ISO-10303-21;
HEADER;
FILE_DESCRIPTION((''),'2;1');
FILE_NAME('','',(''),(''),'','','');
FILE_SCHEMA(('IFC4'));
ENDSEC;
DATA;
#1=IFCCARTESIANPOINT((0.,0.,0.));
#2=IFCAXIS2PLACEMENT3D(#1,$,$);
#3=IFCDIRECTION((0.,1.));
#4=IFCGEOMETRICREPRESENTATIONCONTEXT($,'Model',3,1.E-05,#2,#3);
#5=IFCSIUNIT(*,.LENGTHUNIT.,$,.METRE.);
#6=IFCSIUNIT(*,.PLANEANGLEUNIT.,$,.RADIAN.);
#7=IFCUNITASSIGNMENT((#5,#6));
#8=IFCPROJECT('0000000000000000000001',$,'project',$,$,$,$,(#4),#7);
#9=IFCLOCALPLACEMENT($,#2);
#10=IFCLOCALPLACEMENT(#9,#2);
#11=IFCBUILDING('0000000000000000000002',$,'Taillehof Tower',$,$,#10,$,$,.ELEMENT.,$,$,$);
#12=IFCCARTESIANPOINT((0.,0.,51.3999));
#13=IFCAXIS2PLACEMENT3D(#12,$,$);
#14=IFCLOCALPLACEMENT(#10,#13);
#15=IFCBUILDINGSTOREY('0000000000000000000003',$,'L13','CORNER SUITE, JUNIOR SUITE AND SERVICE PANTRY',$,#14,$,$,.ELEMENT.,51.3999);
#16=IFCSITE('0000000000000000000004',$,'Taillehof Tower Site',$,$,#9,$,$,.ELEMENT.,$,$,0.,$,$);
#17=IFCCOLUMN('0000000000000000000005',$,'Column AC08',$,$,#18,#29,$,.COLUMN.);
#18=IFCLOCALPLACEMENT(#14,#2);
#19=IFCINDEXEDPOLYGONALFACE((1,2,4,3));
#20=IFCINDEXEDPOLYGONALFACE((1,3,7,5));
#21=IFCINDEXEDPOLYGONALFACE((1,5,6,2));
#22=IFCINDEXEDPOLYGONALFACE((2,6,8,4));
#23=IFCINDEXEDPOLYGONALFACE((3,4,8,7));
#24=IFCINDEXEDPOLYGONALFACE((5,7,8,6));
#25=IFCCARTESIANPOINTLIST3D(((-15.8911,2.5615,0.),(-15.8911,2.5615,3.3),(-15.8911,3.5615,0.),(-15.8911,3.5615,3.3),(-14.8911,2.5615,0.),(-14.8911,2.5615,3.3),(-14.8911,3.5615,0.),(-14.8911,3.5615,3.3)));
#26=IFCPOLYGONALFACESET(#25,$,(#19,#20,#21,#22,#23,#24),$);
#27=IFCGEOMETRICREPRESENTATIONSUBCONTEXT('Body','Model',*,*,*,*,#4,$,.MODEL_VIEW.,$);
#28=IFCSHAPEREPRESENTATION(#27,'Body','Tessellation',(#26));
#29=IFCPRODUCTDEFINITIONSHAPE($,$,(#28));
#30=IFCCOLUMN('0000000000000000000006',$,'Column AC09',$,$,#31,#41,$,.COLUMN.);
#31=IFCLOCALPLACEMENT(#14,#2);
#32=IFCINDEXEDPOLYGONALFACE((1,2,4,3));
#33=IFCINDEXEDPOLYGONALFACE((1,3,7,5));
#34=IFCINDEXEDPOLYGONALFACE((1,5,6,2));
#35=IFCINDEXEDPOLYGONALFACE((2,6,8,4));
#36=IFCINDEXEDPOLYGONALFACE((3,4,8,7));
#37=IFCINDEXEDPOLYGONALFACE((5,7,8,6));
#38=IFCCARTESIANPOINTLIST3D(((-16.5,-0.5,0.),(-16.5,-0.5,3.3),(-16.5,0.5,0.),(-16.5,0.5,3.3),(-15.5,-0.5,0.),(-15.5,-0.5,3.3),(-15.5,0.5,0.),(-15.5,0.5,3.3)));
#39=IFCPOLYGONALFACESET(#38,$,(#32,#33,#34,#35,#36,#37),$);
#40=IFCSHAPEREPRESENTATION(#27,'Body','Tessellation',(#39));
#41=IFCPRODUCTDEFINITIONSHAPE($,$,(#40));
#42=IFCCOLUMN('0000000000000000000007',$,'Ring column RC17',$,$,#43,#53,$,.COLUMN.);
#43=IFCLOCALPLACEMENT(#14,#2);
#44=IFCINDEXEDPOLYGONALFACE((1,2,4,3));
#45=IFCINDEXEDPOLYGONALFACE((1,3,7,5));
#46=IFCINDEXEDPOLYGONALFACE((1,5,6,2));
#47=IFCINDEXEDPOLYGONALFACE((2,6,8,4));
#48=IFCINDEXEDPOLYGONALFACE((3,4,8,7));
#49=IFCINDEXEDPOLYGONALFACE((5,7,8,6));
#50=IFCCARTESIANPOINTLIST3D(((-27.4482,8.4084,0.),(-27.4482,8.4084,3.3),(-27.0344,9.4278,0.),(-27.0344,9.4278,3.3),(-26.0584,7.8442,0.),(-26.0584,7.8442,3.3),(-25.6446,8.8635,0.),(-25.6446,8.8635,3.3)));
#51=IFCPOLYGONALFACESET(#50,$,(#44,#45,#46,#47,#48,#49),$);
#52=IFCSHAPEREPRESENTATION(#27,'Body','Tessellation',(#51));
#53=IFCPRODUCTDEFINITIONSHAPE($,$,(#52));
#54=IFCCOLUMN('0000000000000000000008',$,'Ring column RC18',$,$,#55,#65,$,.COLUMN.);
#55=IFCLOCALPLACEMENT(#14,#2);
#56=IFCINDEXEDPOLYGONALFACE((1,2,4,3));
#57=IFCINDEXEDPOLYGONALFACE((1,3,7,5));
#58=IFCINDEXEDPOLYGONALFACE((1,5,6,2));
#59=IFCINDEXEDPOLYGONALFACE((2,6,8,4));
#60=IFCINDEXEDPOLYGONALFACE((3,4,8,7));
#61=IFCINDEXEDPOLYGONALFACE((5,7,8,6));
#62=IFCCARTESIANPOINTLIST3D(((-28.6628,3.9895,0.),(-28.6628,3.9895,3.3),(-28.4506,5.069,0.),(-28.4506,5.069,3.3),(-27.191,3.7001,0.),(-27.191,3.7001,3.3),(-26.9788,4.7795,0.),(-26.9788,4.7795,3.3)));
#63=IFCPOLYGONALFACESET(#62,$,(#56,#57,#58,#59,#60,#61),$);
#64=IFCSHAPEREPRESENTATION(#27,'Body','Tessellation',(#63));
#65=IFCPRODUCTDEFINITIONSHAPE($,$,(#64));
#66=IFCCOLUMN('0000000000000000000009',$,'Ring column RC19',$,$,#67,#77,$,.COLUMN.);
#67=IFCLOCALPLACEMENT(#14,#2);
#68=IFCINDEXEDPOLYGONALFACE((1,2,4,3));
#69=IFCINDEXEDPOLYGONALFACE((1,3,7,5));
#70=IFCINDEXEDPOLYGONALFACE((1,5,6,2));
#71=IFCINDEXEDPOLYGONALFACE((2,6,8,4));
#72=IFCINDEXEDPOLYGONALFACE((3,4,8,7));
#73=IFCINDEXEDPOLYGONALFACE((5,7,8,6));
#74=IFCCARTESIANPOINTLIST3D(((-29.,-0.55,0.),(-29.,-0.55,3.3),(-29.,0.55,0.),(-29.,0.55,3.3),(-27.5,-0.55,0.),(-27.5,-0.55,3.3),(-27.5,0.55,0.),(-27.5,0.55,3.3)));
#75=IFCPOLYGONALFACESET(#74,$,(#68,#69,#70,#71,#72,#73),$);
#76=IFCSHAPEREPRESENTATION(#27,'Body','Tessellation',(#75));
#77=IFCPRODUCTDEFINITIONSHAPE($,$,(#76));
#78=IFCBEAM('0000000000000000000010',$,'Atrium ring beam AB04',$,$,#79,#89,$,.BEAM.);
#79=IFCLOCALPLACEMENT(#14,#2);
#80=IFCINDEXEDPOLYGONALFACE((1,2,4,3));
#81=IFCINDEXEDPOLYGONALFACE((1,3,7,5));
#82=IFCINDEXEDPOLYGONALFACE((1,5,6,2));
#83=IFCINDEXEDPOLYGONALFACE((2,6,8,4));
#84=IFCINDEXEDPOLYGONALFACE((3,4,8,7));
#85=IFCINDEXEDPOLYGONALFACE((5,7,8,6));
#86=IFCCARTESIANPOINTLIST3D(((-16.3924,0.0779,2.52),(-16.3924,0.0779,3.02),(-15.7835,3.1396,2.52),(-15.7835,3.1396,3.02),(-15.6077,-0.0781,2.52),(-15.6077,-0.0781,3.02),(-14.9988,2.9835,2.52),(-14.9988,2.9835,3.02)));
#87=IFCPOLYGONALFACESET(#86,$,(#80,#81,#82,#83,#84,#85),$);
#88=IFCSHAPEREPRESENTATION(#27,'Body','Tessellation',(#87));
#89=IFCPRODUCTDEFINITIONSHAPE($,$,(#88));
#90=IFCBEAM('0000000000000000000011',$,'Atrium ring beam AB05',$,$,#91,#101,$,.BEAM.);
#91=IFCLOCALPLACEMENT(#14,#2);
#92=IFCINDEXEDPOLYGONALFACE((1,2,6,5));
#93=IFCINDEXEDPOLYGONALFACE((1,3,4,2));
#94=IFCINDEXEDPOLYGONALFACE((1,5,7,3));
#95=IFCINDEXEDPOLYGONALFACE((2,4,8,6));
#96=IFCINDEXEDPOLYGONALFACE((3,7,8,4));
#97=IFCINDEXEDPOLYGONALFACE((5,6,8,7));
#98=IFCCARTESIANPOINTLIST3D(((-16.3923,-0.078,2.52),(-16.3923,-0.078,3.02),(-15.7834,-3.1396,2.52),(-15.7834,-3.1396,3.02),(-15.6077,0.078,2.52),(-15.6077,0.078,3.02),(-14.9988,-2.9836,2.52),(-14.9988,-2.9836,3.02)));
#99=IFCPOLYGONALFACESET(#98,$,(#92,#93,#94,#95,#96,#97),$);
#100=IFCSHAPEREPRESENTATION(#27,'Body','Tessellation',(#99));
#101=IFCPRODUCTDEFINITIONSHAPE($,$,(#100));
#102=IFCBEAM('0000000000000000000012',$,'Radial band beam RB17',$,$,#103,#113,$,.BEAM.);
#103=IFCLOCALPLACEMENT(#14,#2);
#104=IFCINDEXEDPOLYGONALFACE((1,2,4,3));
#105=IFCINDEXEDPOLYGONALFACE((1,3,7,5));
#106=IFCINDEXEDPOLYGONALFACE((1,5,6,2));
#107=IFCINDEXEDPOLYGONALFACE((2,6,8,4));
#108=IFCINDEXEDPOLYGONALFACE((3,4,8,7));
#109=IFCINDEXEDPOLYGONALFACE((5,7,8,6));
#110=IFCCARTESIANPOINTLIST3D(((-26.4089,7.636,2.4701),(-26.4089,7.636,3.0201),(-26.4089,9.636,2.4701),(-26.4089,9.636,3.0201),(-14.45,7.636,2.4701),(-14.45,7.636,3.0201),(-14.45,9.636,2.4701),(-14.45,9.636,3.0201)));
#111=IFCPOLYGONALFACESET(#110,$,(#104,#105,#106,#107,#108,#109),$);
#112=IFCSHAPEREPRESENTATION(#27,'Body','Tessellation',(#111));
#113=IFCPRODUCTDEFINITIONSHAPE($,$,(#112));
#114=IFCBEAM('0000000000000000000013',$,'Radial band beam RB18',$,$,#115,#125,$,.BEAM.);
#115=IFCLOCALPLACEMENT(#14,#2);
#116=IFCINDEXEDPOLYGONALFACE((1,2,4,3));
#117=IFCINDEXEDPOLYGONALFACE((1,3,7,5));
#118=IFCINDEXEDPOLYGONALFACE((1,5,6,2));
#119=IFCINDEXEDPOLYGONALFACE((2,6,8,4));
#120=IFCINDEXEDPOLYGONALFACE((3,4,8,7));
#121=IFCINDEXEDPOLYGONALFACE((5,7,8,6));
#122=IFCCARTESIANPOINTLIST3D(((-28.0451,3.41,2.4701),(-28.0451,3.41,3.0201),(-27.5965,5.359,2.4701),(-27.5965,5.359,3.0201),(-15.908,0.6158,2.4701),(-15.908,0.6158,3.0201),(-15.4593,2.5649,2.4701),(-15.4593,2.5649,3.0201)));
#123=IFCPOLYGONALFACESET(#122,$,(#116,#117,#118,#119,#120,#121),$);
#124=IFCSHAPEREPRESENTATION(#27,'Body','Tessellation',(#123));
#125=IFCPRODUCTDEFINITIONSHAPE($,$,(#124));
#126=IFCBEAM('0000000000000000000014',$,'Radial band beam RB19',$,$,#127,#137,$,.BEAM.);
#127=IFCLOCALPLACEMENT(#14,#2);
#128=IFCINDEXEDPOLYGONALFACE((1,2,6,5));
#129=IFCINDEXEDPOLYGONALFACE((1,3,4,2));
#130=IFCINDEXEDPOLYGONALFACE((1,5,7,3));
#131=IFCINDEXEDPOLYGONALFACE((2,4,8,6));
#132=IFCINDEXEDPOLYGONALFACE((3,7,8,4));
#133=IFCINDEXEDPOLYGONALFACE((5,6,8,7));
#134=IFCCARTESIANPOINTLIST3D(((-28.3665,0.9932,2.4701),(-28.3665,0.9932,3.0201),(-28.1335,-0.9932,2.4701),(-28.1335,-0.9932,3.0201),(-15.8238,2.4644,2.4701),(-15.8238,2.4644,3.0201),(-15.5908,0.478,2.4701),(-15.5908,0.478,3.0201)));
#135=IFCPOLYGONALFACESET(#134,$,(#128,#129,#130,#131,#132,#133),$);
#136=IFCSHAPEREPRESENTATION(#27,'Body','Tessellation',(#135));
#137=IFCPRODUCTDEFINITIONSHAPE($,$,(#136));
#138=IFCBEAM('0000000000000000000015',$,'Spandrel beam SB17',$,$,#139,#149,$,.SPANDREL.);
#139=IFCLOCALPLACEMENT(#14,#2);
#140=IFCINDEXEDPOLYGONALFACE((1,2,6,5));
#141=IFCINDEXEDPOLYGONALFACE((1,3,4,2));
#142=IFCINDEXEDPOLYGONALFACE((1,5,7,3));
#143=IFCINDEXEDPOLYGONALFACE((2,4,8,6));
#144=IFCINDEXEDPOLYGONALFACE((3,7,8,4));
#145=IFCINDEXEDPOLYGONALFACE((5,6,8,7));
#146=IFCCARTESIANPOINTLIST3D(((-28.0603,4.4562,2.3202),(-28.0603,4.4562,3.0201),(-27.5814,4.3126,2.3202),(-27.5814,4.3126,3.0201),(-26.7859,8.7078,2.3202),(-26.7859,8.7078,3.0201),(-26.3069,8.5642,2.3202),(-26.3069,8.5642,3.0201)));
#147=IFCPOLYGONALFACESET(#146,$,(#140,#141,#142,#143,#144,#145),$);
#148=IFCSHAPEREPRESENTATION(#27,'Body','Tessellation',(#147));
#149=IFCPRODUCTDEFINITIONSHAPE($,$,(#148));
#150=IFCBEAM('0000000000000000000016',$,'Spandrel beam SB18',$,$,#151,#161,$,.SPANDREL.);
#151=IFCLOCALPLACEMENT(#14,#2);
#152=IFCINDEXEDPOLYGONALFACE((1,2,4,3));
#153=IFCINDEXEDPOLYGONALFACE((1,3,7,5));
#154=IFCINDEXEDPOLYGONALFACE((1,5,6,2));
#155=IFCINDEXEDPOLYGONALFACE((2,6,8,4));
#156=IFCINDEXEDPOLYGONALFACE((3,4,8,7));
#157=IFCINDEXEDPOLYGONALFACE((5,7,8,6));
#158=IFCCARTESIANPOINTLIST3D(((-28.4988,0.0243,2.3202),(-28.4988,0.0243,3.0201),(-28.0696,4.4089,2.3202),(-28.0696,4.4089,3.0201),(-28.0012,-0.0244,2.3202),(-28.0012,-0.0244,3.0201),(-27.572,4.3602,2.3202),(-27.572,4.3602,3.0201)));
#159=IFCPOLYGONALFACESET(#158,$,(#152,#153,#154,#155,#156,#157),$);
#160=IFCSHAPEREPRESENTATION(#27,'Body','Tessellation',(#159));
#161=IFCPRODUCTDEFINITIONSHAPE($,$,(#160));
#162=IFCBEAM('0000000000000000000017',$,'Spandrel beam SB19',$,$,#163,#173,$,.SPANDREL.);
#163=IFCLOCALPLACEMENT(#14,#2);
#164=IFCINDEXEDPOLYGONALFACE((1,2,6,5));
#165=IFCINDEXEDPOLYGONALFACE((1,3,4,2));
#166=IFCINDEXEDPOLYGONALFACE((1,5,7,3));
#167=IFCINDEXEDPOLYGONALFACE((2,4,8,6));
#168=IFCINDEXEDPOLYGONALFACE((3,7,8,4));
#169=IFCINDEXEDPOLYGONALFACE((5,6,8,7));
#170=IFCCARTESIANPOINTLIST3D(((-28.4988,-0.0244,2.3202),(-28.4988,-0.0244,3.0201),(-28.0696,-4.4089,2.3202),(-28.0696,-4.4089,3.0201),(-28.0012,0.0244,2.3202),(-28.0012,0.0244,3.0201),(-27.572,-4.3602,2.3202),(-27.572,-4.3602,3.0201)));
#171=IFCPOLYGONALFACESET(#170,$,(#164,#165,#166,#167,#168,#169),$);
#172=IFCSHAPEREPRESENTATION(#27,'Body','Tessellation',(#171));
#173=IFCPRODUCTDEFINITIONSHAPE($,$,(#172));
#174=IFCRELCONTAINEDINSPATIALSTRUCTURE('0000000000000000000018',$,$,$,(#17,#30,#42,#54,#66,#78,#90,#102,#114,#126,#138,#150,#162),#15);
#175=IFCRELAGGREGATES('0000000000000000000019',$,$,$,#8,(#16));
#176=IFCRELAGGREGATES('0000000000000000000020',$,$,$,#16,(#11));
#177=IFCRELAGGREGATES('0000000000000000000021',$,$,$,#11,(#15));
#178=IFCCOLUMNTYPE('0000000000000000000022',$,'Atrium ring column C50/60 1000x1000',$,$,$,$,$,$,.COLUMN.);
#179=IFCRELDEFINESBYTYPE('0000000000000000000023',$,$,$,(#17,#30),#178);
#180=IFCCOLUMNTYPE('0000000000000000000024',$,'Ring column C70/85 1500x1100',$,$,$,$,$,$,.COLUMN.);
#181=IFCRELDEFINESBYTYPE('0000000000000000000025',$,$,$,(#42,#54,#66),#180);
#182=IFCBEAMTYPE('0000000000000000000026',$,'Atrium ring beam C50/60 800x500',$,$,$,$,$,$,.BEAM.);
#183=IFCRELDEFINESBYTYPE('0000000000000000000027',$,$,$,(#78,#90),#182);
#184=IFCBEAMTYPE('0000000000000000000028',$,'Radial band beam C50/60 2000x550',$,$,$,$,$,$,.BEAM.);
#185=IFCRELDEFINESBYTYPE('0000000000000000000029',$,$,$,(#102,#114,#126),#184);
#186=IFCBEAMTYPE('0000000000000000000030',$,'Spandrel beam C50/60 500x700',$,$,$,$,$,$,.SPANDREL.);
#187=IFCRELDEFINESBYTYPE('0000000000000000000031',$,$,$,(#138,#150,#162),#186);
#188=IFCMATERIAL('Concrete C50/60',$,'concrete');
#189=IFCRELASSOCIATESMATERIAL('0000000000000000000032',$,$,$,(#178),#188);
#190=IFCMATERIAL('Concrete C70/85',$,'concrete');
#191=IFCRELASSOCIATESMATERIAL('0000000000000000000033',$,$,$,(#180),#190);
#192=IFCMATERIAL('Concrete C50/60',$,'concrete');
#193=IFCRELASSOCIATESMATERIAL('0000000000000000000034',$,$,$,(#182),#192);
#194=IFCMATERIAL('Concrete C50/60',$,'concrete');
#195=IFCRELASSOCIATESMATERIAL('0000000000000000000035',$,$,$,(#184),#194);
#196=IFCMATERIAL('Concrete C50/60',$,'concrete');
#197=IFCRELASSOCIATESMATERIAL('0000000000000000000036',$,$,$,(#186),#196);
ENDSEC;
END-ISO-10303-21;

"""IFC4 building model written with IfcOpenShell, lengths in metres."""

from ifc_helpers import new_model, si_unit, direction, frame, origin, origin_2d, place, context, subcontext, project, spatial, rectangle, extrude, material, material_profile, profile_set, type_object, element, save


model = new_model("IFC4")

# Units and contexts
model_context = context("Model", 3, precision=1e-05, world=origin(), true_north=direction((0.0, 1.0)))
body_context = subcontext(model_context, "Body", "Model", "MODEL_VIEW")
ifc_project = project(units=[si_unit("LENGTHUNIT", "METRE"), si_unit("PLANEANGLEUNIT", "RADIAN")], contexts=[model_context])

# Site, building, storey
site_placement = place(None, origin())
site = spatial("IfcSite", under=ifc_project, at=site_placement, Name="Taillehof Tower Site", CompositionType="ELEMENT", RefElevation=0.0)
building_placement = place(site_placement, origin())
building = spatial("IfcBuilding", under=site, at=building_placement, Name="Taillehof Tower", CompositionType="ELEMENT")
storey_placement = place(building_placement, frame((0.0, 0.0, 51.3999)))
storey = spatial("IfcBuildingStorey", under=building, at=storey_placement, Name="L13", Description="CORNER SUITE, JUNIOR SUITE AND SERVICE PANTRY", CompositionType="ELEMENT", Elevation=51.3999)

# Columns
ifc_material_1 = material(Name="Concrete C50/60", Category="concrete")
ifc_material_profile_1 = material_profile(ifc_material_1, rectangle(XDim=1.0, YDim=1.0, at=origin_2d()), Name="RC 1000x1000")
ifc_profile_set_1 = profile_set([ifc_material_profile_1], Name="Concrete C50/60")
column_type_1 = type_object("IfcColumnType", Name="Atrium ring column C50/60 1000x1000", PredefinedType="COLUMN", material=ifc_profile_set_1)
for number, where, z_axis, x_axis, name in (
    (1, (-15.3911, 3.0615, 0.0), (0.0, 0.0, 1.0), (1.0, 0.0, 0.0), "Column AC08"),
    (2, (-16.0, 0.0, 0.0), (0.0, 0.0, 1.0), (1.0, 0.0, 0.0), "Column AC09"),
):
    element("IfcColumn", number, at=place(storey_placement, frame(where, z_axis=z_axis, x_axis=x_axis)), inside=storey, type_object=column_type_1, Name=name, PredefinedType="COLUMN", context=body_context, shape_type="SweptSolid", body=[
        extrude(rectangle(XDim=1.0, YDim=1.0, at=origin_2d()), origin(), (0.0, 0.0, 1.0), 3.3),
    ])
ifc_material_2 = material(Name="Concrete C70/85", Category="concrete")
ifc_material_profile_2 = material_profile(ifc_material_2, rectangle(XDim=1.5, YDim=1.1001, at=origin_2d()), Name="RC 1500x1100")
ifc_profile_set_2 = profile_set([ifc_material_profile_2], Name="Concrete C70/85")
column_type_2 = type_object("IfcColumnType", Name="Ring column C70/85 1500x1100", PredefinedType="COLUMN", material=ifc_profile_set_2)
for number, where, z_axis, x_axis, name in (
    (3, (-26.5464, 8.636, 0.0), (0.0, 0.0, 1.0), (-0.926558, 0.376152, 0.0), "Ring column RC17"),
    (4, (-27.8208, 4.3845, 0.0), (0.0, 0.0, 1.0), (-0.981204, 0.192976, 0.0), "Ring column RC18"),
    (5, (-28.25, 0.0, 0.0), (0.0, 0.0, 1.0), (-1.0, 0.0, 0.0), "Ring column RC19"),
):
    element("IfcColumn", number, at=place(storey_placement, frame(where, z_axis=z_axis, x_axis=x_axis)), inside=storey, type_object=column_type_2, Name=name, PredefinedType="COLUMN", context=body_context, shape_type="SweptSolid", body=[
        extrude(rectangle(XDim=1.5, YDim=1.1001, at=origin_2d()), origin(), (0.0, 0.0, 1.0), 3.3),
    ])

# Beams
ifc_material_3 = material(Name="Concrete C50/60", Category="concrete")
ifc_material_profile_3 = material_profile(ifc_material_3, rectangle(XDim=0.8, YDim=0.5, at=origin_2d()), Name="RC 800x500")
ifc_profile_set_3 = profile_set([ifc_material_profile_3], Name="Concrete C50/60")
beam_type_1 = type_object("IfcBeamType", Name="Atrium ring beam C50/60 800x500", PredefinedType="BEAM", material=ifc_profile_set_3)
for number, where, z_axis, x_axis, name in (
    (6, (-15.3911, 3.0615, 2.77), (-0.195063, -0.980791, 0.0), (0.980791, -0.195063, 0.0), "Atrium ring beam AB04"),
    (7, (-16.0, 0.0, 2.77), (0.195063, -0.980791, 0.0), (0.980791, 0.195063, 0.0), "Atrium ring beam AB05"),
):
    element("IfcBeam", number, at=place(storey_placement, frame(where, z_axis=z_axis, x_axis=x_axis)), inside=storey, type_object=beam_type_1, Name=name, PredefinedType="BEAM", context=body_context, shape_type="SweptSolid", body=[
        extrude(rectangle(XDim=0.8, YDim=0.5, at=origin_2d()), origin(), (0.0, 0.0, 1.0), 3.1216),
    ])
ifc_material_4 = material(Name="Concrete C50/60", Category="concrete")
ifc_material_profile_4 = material_profile(ifc_material_4, rectangle(XDim=2.0, YDim=0.55, at=origin_2d()), Name="RC 2000x550")
ifc_profile_set_4 = profile_set([ifc_material_profile_4], Name="Concrete C50/60")
beam_type_2 = type_object("IfcBeamType", Name="Radial band beam C50/60 2000x550", PredefinedType="BEAM", material=ifc_profile_set_4)
beam_1_placement = place(storey_placement, frame((-26.4089, 8.636, 2.7451), z_axis=(1.0, 0.0, 0.0), x_axis=(0.0, 1.0, 0.0)))
element("IfcBeam", 8, at=beam_1_placement, inside=storey, type_object=beam_type_2, Name="Radial band beam RB17", PredefinedType="BEAM", context=body_context, shape_type="SweptSolid", body=[
    extrude(rectangle(XDim=2.0, YDim=0.55, at=origin_2d()), origin(), (0.0, 0.0, 1.0), 11.959),
])
beam_2_placement = place(storey_placement, frame((-27.8208, 4.3845, 2.7451), z_axis=(0.974509, -0.224348, 0.0), x_axis=(0.224348, 0.974509, 0.0)))
element("IfcBeam", 9, at=beam_2_placement, inside=storey, type_object=beam_type_2, Name="Radial band beam RB18", PredefinedType="BEAM", context=body_context, shape_type="SweptSolid", body=[
    extrude(rectangle(XDim=2.0, YDim=0.55, at=origin_2d()), origin(), (0.0, 0.0, 1.0), 12.4546),
])
beam_3_placement = place(storey_placement, frame((-28.25, 0.0, 2.7451), z_axis=(0.993191, 0.116496, 0.0), x_axis=(-0.116496, 0.993191, 0.0)))
element("IfcBeam", 10, at=beam_3_placement, inside=storey, type_object=beam_type_2, Name="Radial band beam RB19", PredefinedType="BEAM", context=body_context, shape_type="SweptSolid", body=[
    extrude(rectangle(XDim=2.0, YDim=0.55, at=origin_2d()), origin(), (0.0, 0.0, 1.0), 12.6287),
])
ifc_material_5 = material(Name="Concrete C50/60", Category="concrete")
ifc_material_profile_5 = material_profile(ifc_material_5, rectangle(XDim=0.5, YDim=0.7, at=origin_2d()), Name="RC 500x700")
ifc_profile_set_5 = profile_set([ifc_material_profile_5], Name="Concrete C50/60")
beam_type_3 = type_object("IfcBeamType", Name="Spandrel beam C50/60 500x700", PredefinedType="SPANDREL", material=ifc_profile_set_5)
beam_4_placement = place(storey_placement, frame((-26.5464, 8.636, 2.6702), z_axis=(-0.287136, -0.95789, 0.0), x_axis=(0.95789, -0.287136, 0.0)))
element("IfcBeam", 11, at=beam_4_placement, inside=storey, type_object=beam_type_3, Name="Spandrel beam SB17", PredefinedType="SPANDREL", context=body_context, shape_type="SweptSolid", body=[
    extrude(rectangle(XDim=0.5, YDim=0.7, at=origin_2d()), origin(), (0.0, 0.0, 1.0), 4.4385),
])
for number, where, z_axis, x_axis, name in (
    (12, (-27.8208, 4.3845, 2.6702), (-0.097424, -0.995243, 0.0), (0.995243, -0.097424, 0.0), "Spandrel beam SB18"),
    (13, (-28.25, 0.0, 2.6702), (0.097424, -0.995243, 0.0), (0.995243, 0.097424, 0.0), "Spandrel beam SB19"),
):
    element("IfcBeam", number, at=place(storey_placement, frame(where, z_axis=z_axis, x_axis=x_axis)), inside=storey, type_object=beam_type_3, Name=name, PredefinedType="SPANDREL", context=body_context, shape_type="SweptSolid", body=[
        extrude(rectangle(XDim=0.5, YDim=0.7, at=origin_2d()), origin(), (0.0, 0.0, 1.0), 4.4055),
    ])

save(model, "model.ifc")
